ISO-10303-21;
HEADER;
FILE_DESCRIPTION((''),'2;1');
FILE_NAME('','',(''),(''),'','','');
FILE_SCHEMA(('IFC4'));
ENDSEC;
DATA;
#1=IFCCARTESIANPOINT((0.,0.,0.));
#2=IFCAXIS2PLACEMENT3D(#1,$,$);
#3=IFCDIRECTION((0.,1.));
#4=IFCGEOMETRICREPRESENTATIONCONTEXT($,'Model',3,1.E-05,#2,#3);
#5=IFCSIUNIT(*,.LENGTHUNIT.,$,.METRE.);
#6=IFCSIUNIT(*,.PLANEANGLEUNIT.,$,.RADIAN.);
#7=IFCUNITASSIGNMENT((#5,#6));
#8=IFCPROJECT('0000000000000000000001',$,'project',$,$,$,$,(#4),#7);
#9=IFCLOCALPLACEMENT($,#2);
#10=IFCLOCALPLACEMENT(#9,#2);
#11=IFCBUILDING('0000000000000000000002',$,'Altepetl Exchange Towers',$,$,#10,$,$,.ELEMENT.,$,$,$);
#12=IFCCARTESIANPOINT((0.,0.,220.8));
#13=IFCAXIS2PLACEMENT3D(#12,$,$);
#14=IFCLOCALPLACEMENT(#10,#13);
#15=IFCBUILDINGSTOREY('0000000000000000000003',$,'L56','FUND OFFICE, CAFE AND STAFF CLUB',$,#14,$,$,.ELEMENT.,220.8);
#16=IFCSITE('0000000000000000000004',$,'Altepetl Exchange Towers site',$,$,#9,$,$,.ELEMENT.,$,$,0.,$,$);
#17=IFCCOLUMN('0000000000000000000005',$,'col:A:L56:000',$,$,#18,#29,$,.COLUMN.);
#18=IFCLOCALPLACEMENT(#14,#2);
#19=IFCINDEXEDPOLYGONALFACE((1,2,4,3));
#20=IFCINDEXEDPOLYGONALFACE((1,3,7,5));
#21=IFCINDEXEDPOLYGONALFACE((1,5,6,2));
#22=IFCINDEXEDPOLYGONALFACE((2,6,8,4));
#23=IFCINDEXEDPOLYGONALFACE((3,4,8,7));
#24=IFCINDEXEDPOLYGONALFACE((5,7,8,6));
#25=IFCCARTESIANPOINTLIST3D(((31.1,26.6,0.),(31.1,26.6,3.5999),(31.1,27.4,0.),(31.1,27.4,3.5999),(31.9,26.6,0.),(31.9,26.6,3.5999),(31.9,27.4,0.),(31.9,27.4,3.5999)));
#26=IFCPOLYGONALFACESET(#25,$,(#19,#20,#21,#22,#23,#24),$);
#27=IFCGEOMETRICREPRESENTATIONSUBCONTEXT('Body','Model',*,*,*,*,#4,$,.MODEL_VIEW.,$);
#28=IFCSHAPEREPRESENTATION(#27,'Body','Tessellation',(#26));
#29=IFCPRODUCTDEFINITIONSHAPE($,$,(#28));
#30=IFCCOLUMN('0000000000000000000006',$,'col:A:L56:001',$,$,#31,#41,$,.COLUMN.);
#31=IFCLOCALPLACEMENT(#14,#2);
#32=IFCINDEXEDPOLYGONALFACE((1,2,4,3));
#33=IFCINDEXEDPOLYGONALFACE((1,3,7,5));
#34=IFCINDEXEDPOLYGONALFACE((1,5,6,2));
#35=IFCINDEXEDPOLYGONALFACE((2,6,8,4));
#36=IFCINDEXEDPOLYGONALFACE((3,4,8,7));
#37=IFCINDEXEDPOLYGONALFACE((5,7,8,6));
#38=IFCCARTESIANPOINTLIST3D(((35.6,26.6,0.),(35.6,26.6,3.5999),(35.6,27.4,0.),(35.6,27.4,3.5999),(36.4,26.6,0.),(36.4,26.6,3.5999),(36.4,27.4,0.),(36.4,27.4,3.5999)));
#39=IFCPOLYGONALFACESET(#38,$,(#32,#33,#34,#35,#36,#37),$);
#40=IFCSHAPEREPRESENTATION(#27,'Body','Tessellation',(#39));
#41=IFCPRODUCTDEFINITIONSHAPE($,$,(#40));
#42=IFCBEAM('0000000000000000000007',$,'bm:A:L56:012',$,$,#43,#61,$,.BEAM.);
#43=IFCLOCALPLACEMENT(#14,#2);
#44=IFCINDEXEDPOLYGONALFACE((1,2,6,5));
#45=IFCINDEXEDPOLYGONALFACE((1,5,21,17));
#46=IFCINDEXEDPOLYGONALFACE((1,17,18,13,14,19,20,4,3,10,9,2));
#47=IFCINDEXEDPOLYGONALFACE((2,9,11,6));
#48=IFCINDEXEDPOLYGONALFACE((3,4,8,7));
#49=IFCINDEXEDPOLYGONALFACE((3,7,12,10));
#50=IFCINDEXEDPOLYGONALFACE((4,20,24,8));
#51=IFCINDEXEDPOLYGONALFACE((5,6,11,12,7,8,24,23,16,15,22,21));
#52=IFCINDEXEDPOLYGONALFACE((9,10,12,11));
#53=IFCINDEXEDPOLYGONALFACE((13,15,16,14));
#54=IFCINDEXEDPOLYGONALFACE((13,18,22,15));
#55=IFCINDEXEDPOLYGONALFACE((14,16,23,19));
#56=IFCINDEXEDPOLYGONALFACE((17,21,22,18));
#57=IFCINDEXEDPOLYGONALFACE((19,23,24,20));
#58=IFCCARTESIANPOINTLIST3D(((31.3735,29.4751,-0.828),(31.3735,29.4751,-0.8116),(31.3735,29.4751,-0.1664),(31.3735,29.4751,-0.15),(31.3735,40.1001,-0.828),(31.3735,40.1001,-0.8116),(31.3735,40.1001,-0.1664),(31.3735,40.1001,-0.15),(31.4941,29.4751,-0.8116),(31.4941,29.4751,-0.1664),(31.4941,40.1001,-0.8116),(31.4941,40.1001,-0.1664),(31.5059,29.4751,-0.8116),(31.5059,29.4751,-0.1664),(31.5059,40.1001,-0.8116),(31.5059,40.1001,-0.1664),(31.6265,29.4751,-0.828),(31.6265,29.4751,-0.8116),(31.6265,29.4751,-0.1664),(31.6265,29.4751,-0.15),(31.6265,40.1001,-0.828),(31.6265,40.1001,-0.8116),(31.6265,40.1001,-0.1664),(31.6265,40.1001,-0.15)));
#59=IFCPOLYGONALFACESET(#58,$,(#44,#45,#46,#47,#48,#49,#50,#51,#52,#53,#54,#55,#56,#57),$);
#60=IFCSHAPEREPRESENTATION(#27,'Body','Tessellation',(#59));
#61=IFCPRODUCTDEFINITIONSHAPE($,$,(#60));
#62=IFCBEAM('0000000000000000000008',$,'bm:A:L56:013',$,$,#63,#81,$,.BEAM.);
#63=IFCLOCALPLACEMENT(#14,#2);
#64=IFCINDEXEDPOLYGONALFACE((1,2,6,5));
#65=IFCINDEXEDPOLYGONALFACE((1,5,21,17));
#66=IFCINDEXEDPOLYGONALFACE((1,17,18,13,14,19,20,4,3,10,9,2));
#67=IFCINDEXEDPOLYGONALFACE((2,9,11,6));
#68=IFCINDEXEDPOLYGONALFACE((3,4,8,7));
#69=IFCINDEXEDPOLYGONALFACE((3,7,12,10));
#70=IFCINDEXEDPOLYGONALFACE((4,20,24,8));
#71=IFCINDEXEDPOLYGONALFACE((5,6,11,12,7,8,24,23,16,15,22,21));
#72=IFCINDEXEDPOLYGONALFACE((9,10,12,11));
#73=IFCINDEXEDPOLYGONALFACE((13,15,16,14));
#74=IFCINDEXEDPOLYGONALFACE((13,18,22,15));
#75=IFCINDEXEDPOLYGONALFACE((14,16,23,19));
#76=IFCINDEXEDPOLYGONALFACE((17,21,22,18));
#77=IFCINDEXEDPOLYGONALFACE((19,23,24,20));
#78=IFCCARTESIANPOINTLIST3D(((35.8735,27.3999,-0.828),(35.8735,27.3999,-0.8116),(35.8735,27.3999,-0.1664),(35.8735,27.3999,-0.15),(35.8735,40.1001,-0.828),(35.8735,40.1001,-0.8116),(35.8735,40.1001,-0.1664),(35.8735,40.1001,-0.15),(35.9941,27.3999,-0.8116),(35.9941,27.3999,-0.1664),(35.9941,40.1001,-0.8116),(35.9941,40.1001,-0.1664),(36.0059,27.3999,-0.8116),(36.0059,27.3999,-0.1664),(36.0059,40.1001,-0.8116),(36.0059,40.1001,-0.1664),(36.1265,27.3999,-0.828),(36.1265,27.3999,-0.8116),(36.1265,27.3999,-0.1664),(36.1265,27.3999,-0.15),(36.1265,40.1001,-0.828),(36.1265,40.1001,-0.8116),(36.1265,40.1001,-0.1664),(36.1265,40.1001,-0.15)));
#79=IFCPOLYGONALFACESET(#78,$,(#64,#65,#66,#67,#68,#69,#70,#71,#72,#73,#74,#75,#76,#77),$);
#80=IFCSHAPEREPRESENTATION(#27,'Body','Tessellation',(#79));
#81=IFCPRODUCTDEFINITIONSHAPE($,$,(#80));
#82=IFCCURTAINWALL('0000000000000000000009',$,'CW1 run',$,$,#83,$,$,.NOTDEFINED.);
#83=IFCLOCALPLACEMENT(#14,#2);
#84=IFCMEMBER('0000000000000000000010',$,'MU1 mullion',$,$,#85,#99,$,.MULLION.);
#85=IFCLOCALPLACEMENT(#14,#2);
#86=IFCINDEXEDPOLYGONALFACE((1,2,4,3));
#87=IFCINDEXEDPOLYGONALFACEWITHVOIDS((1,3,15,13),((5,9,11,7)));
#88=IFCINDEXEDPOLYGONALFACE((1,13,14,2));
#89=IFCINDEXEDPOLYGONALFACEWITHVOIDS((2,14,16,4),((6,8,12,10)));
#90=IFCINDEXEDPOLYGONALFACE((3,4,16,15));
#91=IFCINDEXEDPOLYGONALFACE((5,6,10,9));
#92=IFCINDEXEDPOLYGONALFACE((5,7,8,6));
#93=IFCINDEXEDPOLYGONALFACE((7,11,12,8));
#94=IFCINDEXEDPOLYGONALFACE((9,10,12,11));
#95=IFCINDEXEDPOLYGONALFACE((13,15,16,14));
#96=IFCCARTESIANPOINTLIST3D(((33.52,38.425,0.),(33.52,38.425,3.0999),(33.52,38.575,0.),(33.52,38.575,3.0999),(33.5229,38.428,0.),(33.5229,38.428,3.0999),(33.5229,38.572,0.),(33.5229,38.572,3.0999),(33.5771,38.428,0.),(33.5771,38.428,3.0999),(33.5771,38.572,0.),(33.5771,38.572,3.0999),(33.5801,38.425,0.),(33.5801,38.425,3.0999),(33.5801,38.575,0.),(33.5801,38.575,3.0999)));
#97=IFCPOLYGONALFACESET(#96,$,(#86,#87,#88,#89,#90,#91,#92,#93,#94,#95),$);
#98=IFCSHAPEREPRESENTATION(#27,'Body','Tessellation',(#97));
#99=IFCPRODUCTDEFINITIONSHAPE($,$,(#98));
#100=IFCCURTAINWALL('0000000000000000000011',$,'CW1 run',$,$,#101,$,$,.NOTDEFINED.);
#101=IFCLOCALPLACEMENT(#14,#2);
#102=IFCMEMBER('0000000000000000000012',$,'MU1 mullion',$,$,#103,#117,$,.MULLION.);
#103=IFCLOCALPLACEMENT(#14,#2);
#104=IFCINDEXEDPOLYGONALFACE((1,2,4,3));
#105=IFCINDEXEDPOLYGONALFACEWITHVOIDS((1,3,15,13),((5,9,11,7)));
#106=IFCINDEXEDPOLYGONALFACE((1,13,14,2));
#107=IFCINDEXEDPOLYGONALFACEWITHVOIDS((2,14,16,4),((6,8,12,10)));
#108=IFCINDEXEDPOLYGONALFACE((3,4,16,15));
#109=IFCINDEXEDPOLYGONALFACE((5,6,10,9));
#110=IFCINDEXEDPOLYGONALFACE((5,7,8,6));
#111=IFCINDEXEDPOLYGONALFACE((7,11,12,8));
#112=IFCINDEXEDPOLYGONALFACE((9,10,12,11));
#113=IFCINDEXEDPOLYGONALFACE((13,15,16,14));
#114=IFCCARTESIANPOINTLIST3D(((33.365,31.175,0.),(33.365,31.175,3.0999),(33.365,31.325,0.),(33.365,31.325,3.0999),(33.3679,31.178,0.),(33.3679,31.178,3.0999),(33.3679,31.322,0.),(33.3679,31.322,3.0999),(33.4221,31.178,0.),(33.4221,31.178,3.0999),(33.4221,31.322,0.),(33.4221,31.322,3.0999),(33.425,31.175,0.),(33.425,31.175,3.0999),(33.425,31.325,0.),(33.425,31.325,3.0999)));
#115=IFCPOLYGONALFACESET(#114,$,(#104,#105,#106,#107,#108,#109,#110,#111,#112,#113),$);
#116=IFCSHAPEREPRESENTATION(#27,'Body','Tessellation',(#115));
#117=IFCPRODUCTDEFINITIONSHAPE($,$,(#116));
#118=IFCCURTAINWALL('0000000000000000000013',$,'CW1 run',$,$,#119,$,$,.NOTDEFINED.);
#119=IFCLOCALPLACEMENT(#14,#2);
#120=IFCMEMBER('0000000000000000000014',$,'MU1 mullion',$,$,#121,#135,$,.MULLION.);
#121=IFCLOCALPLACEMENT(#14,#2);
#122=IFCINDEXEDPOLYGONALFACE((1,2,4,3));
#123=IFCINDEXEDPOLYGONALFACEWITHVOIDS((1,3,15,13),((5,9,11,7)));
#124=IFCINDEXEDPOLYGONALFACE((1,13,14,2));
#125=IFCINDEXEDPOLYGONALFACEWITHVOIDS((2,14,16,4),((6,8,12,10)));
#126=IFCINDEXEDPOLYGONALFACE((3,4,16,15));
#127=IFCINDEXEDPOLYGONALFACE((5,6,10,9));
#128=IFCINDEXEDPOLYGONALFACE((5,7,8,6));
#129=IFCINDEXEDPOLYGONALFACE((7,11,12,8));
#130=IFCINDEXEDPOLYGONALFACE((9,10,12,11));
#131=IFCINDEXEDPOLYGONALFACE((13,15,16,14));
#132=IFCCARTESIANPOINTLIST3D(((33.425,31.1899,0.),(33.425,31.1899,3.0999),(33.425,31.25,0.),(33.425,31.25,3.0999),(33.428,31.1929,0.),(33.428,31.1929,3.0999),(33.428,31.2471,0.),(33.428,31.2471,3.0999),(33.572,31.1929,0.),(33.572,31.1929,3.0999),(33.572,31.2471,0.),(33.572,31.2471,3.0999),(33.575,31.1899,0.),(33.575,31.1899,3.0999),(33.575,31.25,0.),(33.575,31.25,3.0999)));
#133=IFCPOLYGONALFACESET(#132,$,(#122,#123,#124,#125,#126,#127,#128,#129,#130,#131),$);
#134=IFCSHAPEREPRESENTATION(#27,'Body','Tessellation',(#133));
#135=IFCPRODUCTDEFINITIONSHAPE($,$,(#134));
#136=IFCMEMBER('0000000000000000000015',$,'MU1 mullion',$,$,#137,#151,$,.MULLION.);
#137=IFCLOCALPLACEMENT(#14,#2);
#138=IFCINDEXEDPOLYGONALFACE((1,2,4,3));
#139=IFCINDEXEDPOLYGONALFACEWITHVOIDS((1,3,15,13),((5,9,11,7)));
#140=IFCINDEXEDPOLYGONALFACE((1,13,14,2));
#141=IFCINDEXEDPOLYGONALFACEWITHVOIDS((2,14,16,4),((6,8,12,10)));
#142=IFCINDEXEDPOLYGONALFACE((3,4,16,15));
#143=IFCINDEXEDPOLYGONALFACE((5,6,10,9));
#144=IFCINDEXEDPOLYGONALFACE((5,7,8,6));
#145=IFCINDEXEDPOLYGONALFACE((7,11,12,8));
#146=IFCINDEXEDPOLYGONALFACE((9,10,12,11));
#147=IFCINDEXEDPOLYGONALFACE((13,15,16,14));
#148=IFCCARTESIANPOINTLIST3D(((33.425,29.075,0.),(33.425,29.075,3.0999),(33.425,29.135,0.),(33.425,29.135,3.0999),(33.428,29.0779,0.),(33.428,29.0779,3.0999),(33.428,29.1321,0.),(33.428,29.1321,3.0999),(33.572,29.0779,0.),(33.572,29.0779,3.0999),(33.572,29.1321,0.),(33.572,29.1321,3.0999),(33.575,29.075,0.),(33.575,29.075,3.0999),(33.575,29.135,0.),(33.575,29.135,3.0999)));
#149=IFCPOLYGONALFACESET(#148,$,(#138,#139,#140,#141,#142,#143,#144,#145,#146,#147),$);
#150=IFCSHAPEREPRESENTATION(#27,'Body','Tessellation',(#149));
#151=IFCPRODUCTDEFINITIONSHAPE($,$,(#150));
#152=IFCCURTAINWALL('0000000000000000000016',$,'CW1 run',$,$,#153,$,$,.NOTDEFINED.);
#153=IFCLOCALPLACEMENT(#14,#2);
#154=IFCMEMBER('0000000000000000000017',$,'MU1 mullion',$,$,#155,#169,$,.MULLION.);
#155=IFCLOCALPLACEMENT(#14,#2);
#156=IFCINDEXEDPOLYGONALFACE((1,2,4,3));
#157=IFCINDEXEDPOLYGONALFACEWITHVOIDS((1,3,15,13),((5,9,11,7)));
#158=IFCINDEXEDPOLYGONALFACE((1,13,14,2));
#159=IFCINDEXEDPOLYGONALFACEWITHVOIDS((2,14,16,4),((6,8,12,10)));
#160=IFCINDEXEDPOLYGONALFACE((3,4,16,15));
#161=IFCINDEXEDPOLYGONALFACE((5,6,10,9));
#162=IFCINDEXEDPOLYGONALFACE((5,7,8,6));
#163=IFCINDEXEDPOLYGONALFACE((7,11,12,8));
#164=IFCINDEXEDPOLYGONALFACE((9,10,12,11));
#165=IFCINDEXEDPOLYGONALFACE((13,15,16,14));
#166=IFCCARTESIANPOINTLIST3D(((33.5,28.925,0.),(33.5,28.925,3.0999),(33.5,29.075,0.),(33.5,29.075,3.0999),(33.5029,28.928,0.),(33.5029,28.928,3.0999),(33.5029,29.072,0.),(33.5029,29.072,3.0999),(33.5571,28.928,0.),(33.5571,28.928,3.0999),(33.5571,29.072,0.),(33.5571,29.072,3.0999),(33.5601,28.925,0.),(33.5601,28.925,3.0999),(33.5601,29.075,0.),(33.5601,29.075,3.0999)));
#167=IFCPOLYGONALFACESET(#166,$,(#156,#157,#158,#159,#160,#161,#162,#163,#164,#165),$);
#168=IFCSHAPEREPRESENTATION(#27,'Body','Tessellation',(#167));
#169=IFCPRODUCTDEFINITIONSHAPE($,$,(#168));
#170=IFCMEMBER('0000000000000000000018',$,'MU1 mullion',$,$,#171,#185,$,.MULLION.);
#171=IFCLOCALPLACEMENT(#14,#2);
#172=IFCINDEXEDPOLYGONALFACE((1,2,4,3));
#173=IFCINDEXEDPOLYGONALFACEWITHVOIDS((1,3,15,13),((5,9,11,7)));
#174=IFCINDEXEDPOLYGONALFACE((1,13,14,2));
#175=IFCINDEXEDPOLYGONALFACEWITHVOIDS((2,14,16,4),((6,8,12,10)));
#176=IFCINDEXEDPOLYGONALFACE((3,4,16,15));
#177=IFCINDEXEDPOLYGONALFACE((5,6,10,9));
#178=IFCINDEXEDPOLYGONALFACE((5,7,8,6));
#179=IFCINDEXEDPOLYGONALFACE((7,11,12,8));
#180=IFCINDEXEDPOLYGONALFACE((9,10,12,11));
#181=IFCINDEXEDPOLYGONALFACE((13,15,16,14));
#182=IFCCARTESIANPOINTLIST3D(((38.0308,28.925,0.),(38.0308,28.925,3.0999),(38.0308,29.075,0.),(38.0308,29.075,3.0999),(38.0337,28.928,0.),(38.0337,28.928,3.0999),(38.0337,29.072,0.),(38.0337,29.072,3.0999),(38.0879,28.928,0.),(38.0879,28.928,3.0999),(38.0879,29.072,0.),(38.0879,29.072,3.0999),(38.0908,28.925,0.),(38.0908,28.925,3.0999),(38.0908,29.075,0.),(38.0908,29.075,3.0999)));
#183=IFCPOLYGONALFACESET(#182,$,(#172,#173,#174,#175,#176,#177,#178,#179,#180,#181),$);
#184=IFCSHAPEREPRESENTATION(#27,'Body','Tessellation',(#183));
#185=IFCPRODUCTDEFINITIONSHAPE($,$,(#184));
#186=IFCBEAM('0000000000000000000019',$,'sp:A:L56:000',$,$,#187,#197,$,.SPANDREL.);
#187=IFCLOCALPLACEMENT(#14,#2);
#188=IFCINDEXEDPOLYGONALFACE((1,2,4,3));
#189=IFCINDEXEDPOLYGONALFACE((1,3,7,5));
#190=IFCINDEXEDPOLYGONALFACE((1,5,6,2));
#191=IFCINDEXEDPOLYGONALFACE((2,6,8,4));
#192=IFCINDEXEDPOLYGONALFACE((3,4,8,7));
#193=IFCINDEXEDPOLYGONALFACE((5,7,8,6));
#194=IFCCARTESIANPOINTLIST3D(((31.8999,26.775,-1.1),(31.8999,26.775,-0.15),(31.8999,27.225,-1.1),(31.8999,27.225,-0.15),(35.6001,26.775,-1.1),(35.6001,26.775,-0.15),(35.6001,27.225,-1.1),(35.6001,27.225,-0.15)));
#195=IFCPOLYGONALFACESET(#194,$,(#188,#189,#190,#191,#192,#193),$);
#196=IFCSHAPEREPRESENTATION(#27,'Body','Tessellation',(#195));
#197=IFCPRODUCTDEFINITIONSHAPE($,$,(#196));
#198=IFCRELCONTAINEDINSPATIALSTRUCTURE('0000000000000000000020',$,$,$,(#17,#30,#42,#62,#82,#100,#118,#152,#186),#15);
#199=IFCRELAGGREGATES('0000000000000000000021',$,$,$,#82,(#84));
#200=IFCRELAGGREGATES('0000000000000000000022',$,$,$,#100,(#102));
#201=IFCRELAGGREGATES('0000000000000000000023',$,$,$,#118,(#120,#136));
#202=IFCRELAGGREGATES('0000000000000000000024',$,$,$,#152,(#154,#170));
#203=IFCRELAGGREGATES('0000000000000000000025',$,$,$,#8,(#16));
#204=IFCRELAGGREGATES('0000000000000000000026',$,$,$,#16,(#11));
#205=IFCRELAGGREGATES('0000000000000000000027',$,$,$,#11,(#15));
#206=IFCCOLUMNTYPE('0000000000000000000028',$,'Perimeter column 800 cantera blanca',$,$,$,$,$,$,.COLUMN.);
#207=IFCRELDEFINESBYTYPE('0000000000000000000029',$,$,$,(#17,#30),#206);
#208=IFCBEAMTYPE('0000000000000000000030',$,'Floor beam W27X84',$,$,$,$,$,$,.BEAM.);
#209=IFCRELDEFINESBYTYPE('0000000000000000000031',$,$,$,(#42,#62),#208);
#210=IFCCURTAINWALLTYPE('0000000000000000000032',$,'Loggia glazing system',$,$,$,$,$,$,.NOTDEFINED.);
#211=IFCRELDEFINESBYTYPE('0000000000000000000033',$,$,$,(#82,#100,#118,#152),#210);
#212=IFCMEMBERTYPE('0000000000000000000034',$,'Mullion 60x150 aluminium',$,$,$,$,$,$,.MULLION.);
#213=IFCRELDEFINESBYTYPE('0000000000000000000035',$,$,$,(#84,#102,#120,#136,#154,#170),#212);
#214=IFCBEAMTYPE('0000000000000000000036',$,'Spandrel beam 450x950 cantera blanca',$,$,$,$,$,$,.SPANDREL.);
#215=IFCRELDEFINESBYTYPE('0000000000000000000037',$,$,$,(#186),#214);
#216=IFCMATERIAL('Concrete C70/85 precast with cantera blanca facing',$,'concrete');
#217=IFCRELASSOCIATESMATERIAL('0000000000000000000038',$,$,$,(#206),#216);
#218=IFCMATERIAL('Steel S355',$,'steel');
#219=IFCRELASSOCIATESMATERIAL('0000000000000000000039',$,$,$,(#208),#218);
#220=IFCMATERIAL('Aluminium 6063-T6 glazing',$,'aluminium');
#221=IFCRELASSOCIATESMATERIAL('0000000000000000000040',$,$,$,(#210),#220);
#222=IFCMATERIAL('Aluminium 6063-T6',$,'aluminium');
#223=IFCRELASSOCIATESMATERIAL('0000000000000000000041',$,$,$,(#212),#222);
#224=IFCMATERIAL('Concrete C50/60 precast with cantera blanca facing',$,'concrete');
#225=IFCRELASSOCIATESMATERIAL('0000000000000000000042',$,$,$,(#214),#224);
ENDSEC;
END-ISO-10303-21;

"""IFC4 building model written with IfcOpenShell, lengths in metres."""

from ifc_helpers import new_model, si_unit, direction, frame, origin, origin_2d, place, context, subcontext, project, spatial, rectangle, hollow_rectangle, i_section, extrude, material, material_profile, profile_set, type_object, element, aggregate, save


model = new_model("IFC4")

# Units and contexts
model_context = context("Model", 3, precision=1e-05, world=origin(), true_north=direction((0.0, 1.0)))
body_context = subcontext(model_context, "Body", "Model", "MODEL_VIEW")
ifc_project = project(units=[si_unit("LENGTHUNIT", "METRE"), si_unit("PLANEANGLEUNIT", "RADIAN")], contexts=[model_context])

# Site, building, storey
site_placement = place(None, origin())
site = spatial("IfcSite", under=ifc_project, at=site_placement, Name="Altepetl Exchange Towers site", CompositionType="ELEMENT", RefElevation=0.0)
building_placement = place(site_placement, origin())
building = spatial("IfcBuilding", under=site, at=building_placement, Name="Altepetl Exchange Towers", CompositionType="ELEMENT")
storey_placement = place(building_placement, frame((0.0, 0.0, 220.8)))
storey = spatial("IfcBuildingStorey", under=building, at=storey_placement, Name="L56", Description="FUND OFFICE, CAFE AND STAFF CLUB", CompositionType="ELEMENT", Elevation=220.8)

# Columns
ifc_material_1 = material(Name="Concrete C70/85 precast with cantera blanca facing", Category="concrete")
ifc_material_profile_1 = material_profile(ifc_material_1, rectangle(XDim=0.8, YDim=0.8, at=origin_2d()), Name="800 x 800")
ifc_profile_set_1 = profile_set([ifc_material_profile_1], Name="Concrete C70/85 precast with cantera blanca facing")
column_type = type_object("IfcColumnType", Name="Perimeter column 800 cantera blanca", PredefinedType="COLUMN", material=ifc_profile_set_1)
for number, where, name in (
    (1, (31.5, 27.0, 0.0), "col:A:L56:000"),
    (2, (36.0, 27.0, 0.0), "col:A:L56:001"),
):
    element("IfcColumn", number, at=place(storey_placement, frame(where)), inside=storey, type_object=column_type, Name=name, PredefinedType="COLUMN", context=body_context, shape_type="SweptSolid", body=[
        extrude(rectangle(XDim=0.8, YDim=0.8, at=origin_2d()), origin(), (0.0, 0.0, 1.0), 3.5999),
    ])

# Beams
ifc_material_2 = material(Name="Steel S355", Category="steel")
ifc_material_profile_2 = material_profile(ifc_material_2, i_section(OverallWidth=0.2529, OverallDepth=0.678, WebThickness=0.0117, FlangeThickness=0.0164, at=origin_2d()), Name="W27X84")
ifc_profile_set_2 = profile_set([ifc_material_profile_2], Name="Steel S355")
beam_type_1 = type_object("IfcBeamType", Name="Floor beam W27X84", PredefinedType="BEAM", material=ifc_profile_set_2)
beam_1_placement = place(storey_placement, frame((31.5, 29.4751, -0.489), z_axis=(0.0, 1.0, 0.0), x_axis=(-1.0, 0.0, 0.0)))
element("IfcBeam", 3, at=beam_1_placement, inside=storey, type_object=beam_type_1, Name="bm:A:L56:012", PredefinedType="BEAM", context=body_context, shape_type="SweptSolid", body=[
    extrude(i_section(OverallWidth=0.2529, OverallDepth=0.678, WebThickness=0.0117, FlangeThickness=0.0164, at=origin_2d()), origin(), (0.0, 0.0, 1.0), 10.625),
])
beam_2_placement = place(storey_placement, frame((36.0, 27.3999, -0.489), z_axis=(0.0, 1.0, 0.0), x_axis=(-1.0, 0.0, 0.0)))
element("IfcBeam", 4, at=beam_2_placement, inside=storey, type_object=beam_type_1, Name="bm:A:L56:013", PredefinedType="BEAM", context=body_context, shape_type="SweptSolid", body=[
    extrude(i_section(OverallWidth=0.2529, OverallDepth=0.678, WebThickness=0.0117, FlangeThickness=0.0164, at=origin_2d()), origin(), (0.0, 0.0, 1.0), 12.7002),
])

# Curtain walls, members
ifc_material_3 = material(Name="Aluminium 6063-T6 glazing", Category="aluminium")
curtain_wall_type = type_object("IfcCurtainWallType", Name="Loggia glazing system", PredefinedType="NOTDEFINED", material=ifc_material_3)
curtain_wall_1_placement = place(storey_placement, origin())
curtain_wall_1 = element("IfcCurtainWall", 5, at=curtain_wall_1_placement, inside=storey, type_object=curtain_wall_type, Name="CW1 run", PredefinedType="NOTDEFINED")
ifc_material_4 = material(Name="Aluminium 6063-T6", Category="aluminium")
ifc_material_profile_3 = material_profile(ifc_material_4, hollow_rectangle(XDim=0.0601, YDim=0.1499, WallThickness=0.0029, at=origin_2d()), Name="Mullion 60x150 aluminium")
ifc_profile_set_3 = profile_set([ifc_material_profile_3], Name="Aluminium 6063-T6")
member_type = type_object("IfcMemberType", Name="Mullion 60x150 aluminium", PredefinedType="MULLION", material=ifc_profile_set_3)
member_1_placement = place(storey_placement, frame((33.55, 38.5, 0.0), z_axis=(0.0, 0.0, 1.0), x_axis=(-1.0, 0.0, 0.0)))
member_1 = element("IfcMember", 6, at=member_1_placement, type_object=member_type, Name="MU1 mullion", PredefinedType="MULLION", context=body_context, shape_type="SweptSolid", body=[
    extrude(hollow_rectangle(XDim=0.0601, YDim=0.1499, WallThickness=0.0029, at=origin_2d()), origin(), (0.0, 0.0, 1.0), 3.0999),
])
curtain_wall_2_placement = place(storey_placement, origin())
curtain_wall_2 = element("IfcCurtainWall", 7, at=curtain_wall_2_placement, inside=storey, type_object=curtain_wall_type, Name="CW1 run", PredefinedType="NOTDEFINED")
member_2_placement = place(storey_placement, frame((33.395, 31.25, 0.0)))
member_2 = element("IfcMember", 8, at=member_2_placement, type_object=member_type, Name="MU1 mullion", PredefinedType="MULLION", context=body_context, shape_type="SweptSolid", body=[
    extrude(hollow_rectangle(XDim=0.0601, YDim=0.1499, WallThickness=0.0029, at=origin_2d()), origin(), (0.0, 0.0, 1.0), 3.0999),
])

# Curtain walls, members
curtain_wall_3_placement = place(storey_placement, origin())
curtain_wall_3 = element("IfcCurtainWall", 9, at=curtain_wall_3_placement, inside=storey, type_object=curtain_wall_type, Name="CW1 run", PredefinedType="NOTDEFINED")
member_3_placement = place(storey_placement, frame((33.5, 31.22, 0.0), z_axis=(0.0, 0.0, 1.0), x_axis=(0.0, -1.0, 0.0)))
member_3 = element("IfcMember", 10, at=member_3_placement, type_object=member_type, Name="MU1 mullion", PredefinedType="MULLION", context=body_context, shape_type="SweptSolid", body=[
    extrude(hollow_rectangle(XDim=0.0601, YDim=0.1499, WallThickness=0.0029, at=origin_2d()), origin(), (0.0, 0.0, 1.0), 3.0999),
])
member_4_placement = place(storey_placement, frame((33.5, 29.105, 0.0), z_axis=(0.0, 0.0, 1.0), x_axis=(0.0, -1.0, 0.0)))
member_4 = element("IfcMember", 11, at=member_4_placement, type_object=member_type, Name="MU1 mullion", PredefinedType="MULLION", context=body_context, shape_type="SweptSolid", body=[
    extrude(hollow_rectangle(XDim=0.0601, YDim=0.1499, WallThickness=0.0029, at=origin_2d()), origin(), (0.0, 0.0, 1.0), 3.0999),
])
curtain_wall_4_placement = place(storey_placement, origin())
curtain_wall_4 = element("IfcCurtainWall", 12, at=curtain_wall_4_placement, inside=storey, type_object=curtain_wall_type, Name="CW1 run", PredefinedType="NOTDEFINED")
member_5_placement = place(storey_placement, frame((33.53, 29.0, 0.0)))
member_5 = element("IfcMember", 13, at=member_5_placement, type_object=member_type, Name="MU1 mullion", PredefinedType="MULLION", context=body_context, shape_type="SweptSolid", body=[
    extrude(hollow_rectangle(XDim=0.0601, YDim=0.1499, WallThickness=0.0029, at=origin_2d()), origin(), (0.0, 0.0, 1.0), 3.0999),
])
member_6_placement = place(storey_placement, frame((38.0608, 29.0, 0.0)))
member_6 = element("IfcMember", 14, at=member_6_placement, type_object=member_type, Name="MU1 mullion", PredefinedType="MULLION", context=body_context, shape_type="SweptSolid", body=[
    extrude(hollow_rectangle(XDim=0.0601, YDim=0.1499, WallThickness=0.0029, at=origin_2d()), origin(), (0.0, 0.0, 1.0), 3.0999),
])

# Beam
ifc_material_5 = material(Name="Concrete C50/60 precast with cantera blanca facing", Category="concrete")
ifc_material_profile_4 = material_profile(ifc_material_5, rectangle(XDim=0.45, YDim=0.95, at=origin_2d()), Name="450 x 950")
ifc_profile_set_4 = profile_set([ifc_material_profile_4], Name="Concrete C50/60 precast with cantera blanca facing")
beam_type_2 = type_object("IfcBeamType", Name="Spandrel beam 450x950 cantera blanca", PredefinedType="SPANDREL", material=ifc_profile_set_4)
for number, where, z_axis, x_axis, name in (
    (15, (31.8999, 27.0, -0.625), (1.0, 0.0, 0.0), (0.0, 1.0, 0.0), "sp:A:L56:000"),
):
    element("IfcBeam", number, at=place(storey_placement, frame(where, z_axis=z_axis, x_axis=x_axis)), inside=storey, type_object=beam_type_2, Name=name, PredefinedType="SPANDREL", context=body_context, shape_type="SweptSolid", body=[
        extrude(rectangle(XDim=0.45, YDim=0.95, at=origin_2d()), origin(), (0.0, 0.0, 1.0), 3.7002),
    ])

aggregate(curtain_wall_1, [member_1])
aggregate(curtain_wall_2, [member_2])
aggregate(curtain_wall_3, [member_3, member_4])
aggregate(curtain_wall_4, [member_5, member_6])

save(model, "model.ifc")
